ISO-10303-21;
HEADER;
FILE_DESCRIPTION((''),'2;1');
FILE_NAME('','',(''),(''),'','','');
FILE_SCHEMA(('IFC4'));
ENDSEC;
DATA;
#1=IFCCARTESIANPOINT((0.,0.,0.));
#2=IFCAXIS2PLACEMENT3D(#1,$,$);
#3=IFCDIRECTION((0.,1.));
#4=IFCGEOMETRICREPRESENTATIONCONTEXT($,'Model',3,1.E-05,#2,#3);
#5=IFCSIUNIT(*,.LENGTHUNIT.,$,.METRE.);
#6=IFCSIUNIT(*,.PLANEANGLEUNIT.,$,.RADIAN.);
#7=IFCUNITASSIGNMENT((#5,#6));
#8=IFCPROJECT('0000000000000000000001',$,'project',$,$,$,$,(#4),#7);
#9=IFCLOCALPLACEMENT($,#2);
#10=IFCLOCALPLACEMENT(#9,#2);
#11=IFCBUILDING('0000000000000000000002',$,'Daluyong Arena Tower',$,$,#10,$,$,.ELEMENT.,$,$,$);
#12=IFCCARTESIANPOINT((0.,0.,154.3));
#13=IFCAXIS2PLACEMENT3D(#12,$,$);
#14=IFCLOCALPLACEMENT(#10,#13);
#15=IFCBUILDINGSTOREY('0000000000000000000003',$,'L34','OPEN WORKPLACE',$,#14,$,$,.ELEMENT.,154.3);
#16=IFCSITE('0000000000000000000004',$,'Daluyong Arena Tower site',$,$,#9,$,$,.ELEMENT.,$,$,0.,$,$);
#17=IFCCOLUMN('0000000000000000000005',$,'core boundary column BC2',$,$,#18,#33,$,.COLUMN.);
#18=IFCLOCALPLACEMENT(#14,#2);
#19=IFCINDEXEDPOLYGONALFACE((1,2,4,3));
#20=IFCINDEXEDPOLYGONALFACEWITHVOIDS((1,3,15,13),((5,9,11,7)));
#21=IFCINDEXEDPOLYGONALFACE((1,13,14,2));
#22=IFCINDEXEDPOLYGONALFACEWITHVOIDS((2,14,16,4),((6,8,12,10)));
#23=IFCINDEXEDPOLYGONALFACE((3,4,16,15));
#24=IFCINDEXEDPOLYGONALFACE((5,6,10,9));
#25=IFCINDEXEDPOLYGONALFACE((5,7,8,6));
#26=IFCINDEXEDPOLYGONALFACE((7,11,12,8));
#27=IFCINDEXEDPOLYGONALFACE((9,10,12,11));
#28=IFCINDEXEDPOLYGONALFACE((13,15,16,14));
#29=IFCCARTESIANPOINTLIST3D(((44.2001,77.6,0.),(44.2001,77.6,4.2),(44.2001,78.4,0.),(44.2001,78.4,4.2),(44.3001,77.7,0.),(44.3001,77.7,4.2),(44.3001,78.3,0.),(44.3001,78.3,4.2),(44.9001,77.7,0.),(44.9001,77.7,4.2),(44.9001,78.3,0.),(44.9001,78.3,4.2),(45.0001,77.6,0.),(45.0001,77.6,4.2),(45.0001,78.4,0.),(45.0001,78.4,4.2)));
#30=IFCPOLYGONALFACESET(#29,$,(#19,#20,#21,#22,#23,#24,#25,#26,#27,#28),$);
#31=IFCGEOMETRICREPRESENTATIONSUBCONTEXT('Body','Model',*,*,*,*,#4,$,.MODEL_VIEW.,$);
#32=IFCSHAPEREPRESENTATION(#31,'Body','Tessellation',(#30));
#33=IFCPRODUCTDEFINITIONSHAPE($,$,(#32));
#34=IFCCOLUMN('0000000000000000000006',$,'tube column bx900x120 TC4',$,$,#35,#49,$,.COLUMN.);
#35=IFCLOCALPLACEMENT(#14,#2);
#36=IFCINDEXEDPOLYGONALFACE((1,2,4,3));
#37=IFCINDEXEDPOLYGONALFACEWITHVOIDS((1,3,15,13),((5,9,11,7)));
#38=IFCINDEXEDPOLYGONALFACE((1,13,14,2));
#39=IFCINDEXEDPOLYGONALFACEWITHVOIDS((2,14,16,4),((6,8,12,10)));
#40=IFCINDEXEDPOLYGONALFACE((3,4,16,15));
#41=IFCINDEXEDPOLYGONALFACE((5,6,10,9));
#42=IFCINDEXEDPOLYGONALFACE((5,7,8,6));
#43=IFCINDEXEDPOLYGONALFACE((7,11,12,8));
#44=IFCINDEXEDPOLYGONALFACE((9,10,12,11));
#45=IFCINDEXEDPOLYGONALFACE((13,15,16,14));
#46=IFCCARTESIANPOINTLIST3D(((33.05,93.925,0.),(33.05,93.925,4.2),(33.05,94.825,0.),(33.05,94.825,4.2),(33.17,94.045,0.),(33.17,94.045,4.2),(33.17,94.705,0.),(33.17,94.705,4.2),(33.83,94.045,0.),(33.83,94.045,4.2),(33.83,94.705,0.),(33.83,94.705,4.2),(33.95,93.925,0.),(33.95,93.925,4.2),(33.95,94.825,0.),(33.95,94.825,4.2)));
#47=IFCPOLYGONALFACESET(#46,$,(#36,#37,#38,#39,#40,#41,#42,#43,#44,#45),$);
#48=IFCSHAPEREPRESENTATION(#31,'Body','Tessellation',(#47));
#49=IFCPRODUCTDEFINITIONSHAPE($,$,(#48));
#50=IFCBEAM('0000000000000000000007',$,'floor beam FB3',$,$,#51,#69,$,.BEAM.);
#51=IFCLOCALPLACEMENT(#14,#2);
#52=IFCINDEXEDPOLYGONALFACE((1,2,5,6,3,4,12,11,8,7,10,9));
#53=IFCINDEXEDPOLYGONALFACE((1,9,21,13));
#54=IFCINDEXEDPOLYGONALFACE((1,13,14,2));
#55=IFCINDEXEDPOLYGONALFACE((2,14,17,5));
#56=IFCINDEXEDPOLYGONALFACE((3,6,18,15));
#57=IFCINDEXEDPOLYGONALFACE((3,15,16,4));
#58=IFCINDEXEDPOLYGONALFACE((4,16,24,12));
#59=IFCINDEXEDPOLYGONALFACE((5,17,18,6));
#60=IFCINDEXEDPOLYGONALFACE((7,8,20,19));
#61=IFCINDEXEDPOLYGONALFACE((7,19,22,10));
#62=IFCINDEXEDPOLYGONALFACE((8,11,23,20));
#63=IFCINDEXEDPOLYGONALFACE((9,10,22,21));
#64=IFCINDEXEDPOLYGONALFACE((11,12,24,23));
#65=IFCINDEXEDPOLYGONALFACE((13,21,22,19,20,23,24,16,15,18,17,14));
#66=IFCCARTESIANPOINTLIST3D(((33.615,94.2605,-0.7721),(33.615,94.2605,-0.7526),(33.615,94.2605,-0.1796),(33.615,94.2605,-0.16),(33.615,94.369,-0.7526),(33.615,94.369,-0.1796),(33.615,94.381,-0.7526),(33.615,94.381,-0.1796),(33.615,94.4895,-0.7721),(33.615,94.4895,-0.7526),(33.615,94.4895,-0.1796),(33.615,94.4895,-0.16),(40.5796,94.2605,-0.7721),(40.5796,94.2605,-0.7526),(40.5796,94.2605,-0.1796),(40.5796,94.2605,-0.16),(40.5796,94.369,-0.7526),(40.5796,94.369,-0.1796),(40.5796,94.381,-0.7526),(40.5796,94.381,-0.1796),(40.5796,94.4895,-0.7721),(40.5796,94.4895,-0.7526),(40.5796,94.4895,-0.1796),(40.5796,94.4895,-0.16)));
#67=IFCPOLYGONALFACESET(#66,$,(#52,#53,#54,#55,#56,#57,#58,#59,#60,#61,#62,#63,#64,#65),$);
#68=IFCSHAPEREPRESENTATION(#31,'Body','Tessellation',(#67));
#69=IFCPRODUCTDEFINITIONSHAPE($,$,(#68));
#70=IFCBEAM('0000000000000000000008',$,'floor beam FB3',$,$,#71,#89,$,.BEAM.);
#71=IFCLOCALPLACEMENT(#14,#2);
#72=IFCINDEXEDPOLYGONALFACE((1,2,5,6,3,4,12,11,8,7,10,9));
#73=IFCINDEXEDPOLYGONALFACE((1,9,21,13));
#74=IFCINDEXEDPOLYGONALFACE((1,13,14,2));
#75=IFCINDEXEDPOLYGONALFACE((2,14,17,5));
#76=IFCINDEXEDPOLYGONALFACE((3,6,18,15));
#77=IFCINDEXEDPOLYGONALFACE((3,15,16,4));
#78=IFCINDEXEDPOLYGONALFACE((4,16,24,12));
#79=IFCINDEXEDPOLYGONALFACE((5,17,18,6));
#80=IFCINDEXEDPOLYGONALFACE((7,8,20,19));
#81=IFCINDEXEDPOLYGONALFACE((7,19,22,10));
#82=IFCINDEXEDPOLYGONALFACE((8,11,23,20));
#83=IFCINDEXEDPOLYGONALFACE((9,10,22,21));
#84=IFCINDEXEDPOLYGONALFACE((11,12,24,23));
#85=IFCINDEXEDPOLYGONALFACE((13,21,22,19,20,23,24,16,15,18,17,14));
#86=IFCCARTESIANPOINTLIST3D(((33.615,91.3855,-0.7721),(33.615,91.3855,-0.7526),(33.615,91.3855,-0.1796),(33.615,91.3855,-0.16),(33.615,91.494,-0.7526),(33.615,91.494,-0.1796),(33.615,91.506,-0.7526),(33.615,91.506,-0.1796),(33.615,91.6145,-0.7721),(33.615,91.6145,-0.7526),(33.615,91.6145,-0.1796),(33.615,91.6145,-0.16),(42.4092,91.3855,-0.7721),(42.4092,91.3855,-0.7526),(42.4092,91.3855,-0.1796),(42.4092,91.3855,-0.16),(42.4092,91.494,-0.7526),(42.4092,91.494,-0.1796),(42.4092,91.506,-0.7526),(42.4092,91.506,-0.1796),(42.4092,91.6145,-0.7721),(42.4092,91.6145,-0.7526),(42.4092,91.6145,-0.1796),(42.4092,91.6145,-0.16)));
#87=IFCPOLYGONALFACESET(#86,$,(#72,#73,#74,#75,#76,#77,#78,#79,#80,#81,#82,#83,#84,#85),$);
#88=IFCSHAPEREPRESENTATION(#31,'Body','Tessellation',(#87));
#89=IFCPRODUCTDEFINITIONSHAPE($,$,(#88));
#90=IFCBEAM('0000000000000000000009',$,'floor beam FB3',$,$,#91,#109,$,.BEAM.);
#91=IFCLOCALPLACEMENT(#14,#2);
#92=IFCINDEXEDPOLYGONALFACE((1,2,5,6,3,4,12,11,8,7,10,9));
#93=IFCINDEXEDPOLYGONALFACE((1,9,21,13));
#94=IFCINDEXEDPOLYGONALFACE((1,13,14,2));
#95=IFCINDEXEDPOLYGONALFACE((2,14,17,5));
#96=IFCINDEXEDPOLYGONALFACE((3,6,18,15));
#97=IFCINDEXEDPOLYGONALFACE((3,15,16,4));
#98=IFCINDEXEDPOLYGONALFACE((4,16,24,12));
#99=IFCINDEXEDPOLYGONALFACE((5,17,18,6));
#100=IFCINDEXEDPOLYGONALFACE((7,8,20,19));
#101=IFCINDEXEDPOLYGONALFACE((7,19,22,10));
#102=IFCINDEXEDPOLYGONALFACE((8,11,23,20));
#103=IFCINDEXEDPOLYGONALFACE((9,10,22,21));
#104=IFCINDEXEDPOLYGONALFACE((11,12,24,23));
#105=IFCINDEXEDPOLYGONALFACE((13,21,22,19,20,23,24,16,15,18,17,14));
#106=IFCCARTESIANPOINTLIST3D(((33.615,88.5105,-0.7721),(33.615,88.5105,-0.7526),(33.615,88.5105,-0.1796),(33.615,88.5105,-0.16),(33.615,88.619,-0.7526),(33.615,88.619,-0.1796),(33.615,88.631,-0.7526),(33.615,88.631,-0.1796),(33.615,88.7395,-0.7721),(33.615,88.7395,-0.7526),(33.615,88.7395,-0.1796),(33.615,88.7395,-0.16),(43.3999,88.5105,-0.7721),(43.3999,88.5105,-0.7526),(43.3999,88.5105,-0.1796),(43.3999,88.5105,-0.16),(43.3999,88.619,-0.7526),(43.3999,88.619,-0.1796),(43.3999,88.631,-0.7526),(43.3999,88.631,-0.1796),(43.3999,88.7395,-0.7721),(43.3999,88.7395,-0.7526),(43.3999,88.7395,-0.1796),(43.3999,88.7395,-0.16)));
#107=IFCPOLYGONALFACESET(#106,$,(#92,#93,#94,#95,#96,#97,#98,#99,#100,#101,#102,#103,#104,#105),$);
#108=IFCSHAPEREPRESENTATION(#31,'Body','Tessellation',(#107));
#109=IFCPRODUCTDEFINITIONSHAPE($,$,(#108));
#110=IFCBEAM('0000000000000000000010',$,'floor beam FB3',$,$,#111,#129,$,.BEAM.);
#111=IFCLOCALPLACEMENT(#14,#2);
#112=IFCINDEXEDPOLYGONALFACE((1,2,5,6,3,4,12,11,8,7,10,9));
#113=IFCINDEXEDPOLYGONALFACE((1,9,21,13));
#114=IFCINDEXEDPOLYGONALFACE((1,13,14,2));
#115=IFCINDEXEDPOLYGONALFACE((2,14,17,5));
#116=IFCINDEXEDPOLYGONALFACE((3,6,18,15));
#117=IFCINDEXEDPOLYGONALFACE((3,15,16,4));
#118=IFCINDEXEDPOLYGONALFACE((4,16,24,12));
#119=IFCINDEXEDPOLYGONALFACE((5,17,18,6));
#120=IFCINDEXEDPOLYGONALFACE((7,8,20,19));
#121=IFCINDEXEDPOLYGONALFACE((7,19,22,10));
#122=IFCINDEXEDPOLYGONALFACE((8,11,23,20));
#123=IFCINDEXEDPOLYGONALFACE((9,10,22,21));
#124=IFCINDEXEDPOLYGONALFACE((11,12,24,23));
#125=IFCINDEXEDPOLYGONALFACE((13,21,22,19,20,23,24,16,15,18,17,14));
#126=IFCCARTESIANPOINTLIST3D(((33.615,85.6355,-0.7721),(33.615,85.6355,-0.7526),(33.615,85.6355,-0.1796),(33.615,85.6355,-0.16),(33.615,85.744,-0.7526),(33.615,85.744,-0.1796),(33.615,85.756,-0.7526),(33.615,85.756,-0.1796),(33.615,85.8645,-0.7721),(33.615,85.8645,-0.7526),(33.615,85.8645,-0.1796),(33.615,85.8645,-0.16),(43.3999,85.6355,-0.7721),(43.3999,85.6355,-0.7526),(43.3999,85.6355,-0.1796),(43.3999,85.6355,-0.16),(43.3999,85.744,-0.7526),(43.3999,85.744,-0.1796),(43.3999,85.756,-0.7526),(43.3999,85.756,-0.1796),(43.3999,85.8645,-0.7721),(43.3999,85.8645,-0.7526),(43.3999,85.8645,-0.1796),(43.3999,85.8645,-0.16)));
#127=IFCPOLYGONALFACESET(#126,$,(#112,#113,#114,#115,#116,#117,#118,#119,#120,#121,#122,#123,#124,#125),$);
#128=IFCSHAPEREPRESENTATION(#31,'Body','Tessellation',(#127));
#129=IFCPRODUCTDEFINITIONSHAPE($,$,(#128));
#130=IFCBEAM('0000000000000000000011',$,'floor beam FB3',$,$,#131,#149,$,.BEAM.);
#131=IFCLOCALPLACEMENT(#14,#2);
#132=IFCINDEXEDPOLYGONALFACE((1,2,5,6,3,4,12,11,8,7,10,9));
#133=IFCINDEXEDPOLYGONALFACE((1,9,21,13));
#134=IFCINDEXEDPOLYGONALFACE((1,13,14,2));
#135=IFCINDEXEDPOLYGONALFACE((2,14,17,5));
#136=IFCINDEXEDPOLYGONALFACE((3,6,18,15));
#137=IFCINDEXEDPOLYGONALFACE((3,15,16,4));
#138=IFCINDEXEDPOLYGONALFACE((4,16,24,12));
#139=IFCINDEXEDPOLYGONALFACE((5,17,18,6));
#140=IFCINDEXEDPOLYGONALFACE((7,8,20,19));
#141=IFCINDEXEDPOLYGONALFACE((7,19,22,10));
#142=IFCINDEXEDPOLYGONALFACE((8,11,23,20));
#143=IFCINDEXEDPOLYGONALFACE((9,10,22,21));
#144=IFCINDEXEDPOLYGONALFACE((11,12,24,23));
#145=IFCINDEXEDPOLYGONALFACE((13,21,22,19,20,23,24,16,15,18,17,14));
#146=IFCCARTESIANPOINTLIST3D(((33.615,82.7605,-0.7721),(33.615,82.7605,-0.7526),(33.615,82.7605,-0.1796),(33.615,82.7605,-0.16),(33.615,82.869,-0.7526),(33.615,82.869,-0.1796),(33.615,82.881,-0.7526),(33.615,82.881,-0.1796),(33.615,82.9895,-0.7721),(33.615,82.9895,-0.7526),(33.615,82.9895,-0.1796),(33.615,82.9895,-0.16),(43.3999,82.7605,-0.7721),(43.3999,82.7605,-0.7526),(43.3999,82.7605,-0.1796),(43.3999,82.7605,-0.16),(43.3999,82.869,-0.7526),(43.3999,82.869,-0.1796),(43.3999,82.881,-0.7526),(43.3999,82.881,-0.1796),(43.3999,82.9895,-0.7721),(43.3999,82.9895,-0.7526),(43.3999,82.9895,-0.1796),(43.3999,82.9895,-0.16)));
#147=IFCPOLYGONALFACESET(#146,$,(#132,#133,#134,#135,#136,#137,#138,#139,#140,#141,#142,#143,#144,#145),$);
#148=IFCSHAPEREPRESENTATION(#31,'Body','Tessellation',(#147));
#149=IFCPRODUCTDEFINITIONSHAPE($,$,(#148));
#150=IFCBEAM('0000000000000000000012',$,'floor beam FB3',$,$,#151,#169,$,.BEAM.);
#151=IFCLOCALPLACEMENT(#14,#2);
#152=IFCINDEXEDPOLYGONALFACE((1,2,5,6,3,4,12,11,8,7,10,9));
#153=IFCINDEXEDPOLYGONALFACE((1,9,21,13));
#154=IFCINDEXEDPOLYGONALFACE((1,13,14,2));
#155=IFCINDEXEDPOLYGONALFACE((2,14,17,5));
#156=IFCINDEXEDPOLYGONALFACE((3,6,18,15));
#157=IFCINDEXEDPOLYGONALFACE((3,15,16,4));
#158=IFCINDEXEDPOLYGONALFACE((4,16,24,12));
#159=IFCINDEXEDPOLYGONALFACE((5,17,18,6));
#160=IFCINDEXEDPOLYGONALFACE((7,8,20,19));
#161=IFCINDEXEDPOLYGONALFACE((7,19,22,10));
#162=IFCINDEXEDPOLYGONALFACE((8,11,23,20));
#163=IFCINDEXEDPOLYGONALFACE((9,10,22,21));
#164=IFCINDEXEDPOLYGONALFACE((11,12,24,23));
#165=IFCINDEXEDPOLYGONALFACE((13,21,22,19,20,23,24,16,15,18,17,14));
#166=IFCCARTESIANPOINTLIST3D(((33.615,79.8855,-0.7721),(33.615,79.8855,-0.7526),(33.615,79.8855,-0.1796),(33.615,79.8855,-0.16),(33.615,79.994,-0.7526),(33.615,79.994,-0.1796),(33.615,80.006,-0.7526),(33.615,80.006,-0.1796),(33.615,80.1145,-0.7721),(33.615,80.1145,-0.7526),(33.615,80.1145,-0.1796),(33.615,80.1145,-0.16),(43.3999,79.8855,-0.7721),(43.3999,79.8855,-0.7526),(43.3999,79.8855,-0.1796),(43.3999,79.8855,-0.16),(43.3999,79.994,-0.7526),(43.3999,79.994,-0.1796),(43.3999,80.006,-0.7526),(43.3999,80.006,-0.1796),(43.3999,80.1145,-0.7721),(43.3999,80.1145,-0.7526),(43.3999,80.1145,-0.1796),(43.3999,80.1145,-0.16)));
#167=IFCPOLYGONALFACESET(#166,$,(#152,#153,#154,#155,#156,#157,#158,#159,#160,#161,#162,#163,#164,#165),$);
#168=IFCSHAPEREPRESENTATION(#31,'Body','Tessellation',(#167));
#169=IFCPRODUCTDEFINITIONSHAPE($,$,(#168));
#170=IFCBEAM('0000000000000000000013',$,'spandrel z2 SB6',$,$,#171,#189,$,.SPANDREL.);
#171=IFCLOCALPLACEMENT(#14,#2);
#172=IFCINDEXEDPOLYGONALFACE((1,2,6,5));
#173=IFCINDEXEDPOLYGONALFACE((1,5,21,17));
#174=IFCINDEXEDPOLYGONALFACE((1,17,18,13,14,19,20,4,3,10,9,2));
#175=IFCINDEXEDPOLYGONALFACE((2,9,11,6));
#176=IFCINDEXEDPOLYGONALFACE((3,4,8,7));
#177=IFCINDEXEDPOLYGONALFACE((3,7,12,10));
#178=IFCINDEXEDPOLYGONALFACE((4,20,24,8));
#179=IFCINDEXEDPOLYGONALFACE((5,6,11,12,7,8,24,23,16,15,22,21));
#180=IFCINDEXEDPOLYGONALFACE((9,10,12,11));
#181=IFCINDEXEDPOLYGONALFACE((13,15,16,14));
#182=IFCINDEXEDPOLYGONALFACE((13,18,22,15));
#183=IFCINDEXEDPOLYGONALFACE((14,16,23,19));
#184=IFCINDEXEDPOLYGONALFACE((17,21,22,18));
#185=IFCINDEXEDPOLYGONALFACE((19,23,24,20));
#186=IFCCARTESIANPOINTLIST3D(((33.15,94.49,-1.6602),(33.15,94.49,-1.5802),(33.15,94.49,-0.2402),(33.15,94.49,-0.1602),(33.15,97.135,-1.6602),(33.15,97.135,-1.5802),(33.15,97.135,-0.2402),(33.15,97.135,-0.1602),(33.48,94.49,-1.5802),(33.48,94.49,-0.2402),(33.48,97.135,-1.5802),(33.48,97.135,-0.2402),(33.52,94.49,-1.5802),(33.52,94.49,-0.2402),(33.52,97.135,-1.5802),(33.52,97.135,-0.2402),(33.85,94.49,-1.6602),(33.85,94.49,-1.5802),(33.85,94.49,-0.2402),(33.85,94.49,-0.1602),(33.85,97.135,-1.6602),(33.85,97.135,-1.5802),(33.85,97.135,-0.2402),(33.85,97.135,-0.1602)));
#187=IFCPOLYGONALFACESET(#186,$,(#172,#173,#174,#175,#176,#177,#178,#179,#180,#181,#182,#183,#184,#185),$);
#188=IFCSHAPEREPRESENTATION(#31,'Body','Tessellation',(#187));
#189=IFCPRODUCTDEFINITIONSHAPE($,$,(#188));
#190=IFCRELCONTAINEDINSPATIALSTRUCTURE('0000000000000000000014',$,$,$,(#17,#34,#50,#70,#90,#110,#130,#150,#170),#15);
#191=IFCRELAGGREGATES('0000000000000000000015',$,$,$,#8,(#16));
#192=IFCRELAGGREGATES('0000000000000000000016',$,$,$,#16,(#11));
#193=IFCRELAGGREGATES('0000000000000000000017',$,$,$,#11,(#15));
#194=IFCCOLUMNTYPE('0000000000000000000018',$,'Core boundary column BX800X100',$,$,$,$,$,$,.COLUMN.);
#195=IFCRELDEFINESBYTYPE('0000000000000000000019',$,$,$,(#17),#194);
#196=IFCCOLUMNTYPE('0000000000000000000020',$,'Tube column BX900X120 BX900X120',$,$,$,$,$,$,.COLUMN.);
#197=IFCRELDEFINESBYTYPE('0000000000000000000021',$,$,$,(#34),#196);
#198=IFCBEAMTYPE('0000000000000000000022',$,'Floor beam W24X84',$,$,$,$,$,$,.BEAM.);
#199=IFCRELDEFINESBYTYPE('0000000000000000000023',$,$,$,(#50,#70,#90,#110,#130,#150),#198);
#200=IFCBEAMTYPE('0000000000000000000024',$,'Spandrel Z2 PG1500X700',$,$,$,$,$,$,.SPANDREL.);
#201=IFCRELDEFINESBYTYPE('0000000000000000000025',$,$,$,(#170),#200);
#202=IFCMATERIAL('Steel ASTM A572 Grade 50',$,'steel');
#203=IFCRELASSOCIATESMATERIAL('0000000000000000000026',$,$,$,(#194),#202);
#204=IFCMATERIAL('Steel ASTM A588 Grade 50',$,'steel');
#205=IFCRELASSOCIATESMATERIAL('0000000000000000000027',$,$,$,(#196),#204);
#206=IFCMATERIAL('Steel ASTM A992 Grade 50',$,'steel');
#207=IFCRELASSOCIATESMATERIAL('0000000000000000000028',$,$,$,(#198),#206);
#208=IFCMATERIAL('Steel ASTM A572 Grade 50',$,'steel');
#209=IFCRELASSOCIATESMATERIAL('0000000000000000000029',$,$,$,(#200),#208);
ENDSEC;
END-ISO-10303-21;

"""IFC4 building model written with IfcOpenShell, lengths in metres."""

from ifc_helpers import new_model, si_unit, direction, frame, origin, origin_2d, place, context, subcontext, project, spatial, hollow_rectangle, i_section, extrude, material, material_profile, profile_set, type_object, element, save


model = new_model("IFC4")

# Units and contexts
model_context = context("Model", 3, precision=1e-05, world=origin(), true_north=direction((0.0, 1.0)))
body_context = subcontext(model_context, "Body", "Model", "MODEL_VIEW")
ifc_project = project(units=[si_unit("LENGTHUNIT", "METRE"), si_unit("PLANEANGLEUNIT", "RADIAN")], contexts=[model_context])

# Site, building, storey
site_placement = place(None, origin())
site = spatial("IfcSite", under=ifc_project, at=site_placement, Name="Daluyong Arena Tower site", CompositionType="ELEMENT", RefElevation=0.0)
building_placement = place(site_placement, origin())
building = spatial("IfcBuilding", under=site, at=building_placement, Name="Daluyong Arena Tower", CompositionType="ELEMENT")
storey_placement = place(building_placement, frame((0.0, 0.0, 154.3)))
storey = spatial("IfcBuildingStorey", under=building, at=storey_placement, Name="L34", Description="OPEN WORKPLACE", CompositionType="ELEMENT", Elevation=154.3)

# Columns
ifc_material_1 = material(Name="Steel ASTM A572 Grade 50", Category="steel")
ifc_material_profile_1 = material_profile(ifc_material_1, hollow_rectangle(XDim=0.8, YDim=0.8, WallThickness=0.1, at=origin_2d()))
ifc_profile_set_1 = profile_set([ifc_material_profile_1], Name="Steel ASTM A572 Grade 50")
column_type_1 = type_object("IfcColumnType", Name="Core boundary column BX800X100", PredefinedType="COLUMN", material=ifc_profile_set_1)
column_1_placement = place(storey_placement, frame((44.6001, 78.0, 0.0), z_axis=(0.0, 0.0, 1.0), x_axis=(1.0, 0.0, 0.0)))
element("IfcColumn", 1, at=column_1_placement, inside=storey, type_object=column_type_1, Name="core boundary column BC2", PredefinedType="COLUMN", context=body_context, shape_type="SweptSolid", body=[
    extrude(hollow_rectangle(XDim=0.8, YDim=0.8, WallThickness=0.1, at=origin_2d()), origin(), (0.0, 0.0, 1.0), 4.2),
])
ifc_material_2 = material(Name="Steel ASTM A588 Grade 50", Category="steel")
ifc_material_profile_2 = material_profile(ifc_material_2, hollow_rectangle(XDim=0.8999, YDim=0.8999, WallThickness=0.12, at=origin_2d()))
ifc_profile_set_2 = profile_set([ifc_material_profile_2], Name="Steel ASTM A588 Grade 50")
column_type_2 = type_object("IfcColumnType", Name="Tube column BX900X120 BX900X120", PredefinedType="COLUMN", material=ifc_profile_set_2)
column_2_placement = place(storey_placement, frame((33.5, 94.375, 0.0), z_axis=(0.0, 0.0, 1.0), x_axis=(0.0, 1.0, 0.0)))
element("IfcColumn", 2, at=column_2_placement, inside=storey, type_object=column_type_2, Name="tube column bx900x120 TC4", PredefinedType="COLUMN", context=body_context, shape_type="SweptSolid", body=[
    extrude(hollow_rectangle(XDim=0.8999, YDim=0.8999, WallThickness=0.12, at=origin_2d()), origin(), (0.0, 0.0, 1.0), 4.2),
])

# Beams
ifc_material_3 = material(Name="Steel ASTM A992 Grade 50", Category="steel")
ifc_material_profile_3 = material_profile(ifc_material_3, i_section(OverallWidth=0.229, OverallDepth=0.6121, WebThickness=0.012, FlangeThickness=0.0195, at=origin_2d()))
ifc_profile_set_3 = profile_set([ifc_material_profile_3], Name="Steel ASTM A992 Grade 50")
beam_type_1 = type_object("IfcBeamType", Name="Floor beam W24X84", PredefinedType="BEAM", material=ifc_profile_set_3)
beam_1_placement = place(storey_placement, frame((33.615, 94.375, -0.4661), z_axis=(1.0, 0.0, 0.0), x_axis=(0.0, 1.0, 0.0)))
element("IfcBeam", 3, at=beam_1_placement, inside=storey, type_object=beam_type_1, Name="floor beam FB3", PredefinedType="BEAM", context=body_context, shape_type="SweptSolid", body=[
    extrude(i_section(OverallWidth=0.229, OverallDepth=0.6121, WebThickness=0.012, FlangeThickness=0.0195, at=origin_2d()), origin(), (0.0, 0.0, 1.0), 6.9646),
])
beam_2_placement = place(storey_placement, frame((33.615, 91.5, -0.4661), z_axis=(1.0, 0.0, 0.0), x_axis=(0.0, 1.0, 0.0)))
element("IfcBeam", 4, at=beam_2_placement, inside=storey, type_object=beam_type_1, Name="floor beam FB3", PredefinedType="BEAM", context=body_context, shape_type="SweptSolid", body=[
    extrude(i_section(OverallWidth=0.229, OverallDepth=0.6121, WebThickness=0.012, FlangeThickness=0.0195, at=origin_2d()), origin(), (0.0, 0.0, 1.0), 8.7942),
])
for number, where, z_axis, x_axis, name in (
    (5, (33.615, 88.625, -0.4661), (1.0, 0.0, 0.0), (0.0, 1.0, 0.0), "floor beam FB3"),
    (6, (33.615, 85.75, -0.4661), (1.0, 0.0, 0.0), (0.0, 1.0, 0.0), "floor beam FB3"),
    (7, (33.615, 82.875, -0.4661), (1.0, 0.0, 0.0), (0.0, 1.0, 0.0), "floor beam FB3"),
    (8, (33.615, 80.0, -0.4661), (1.0, 0.0, 0.0), (0.0, 1.0, 0.0), "floor beam FB3"),
):
    element("IfcBeam", number, at=place(storey_placement, frame(where, z_axis=z_axis, x_axis=x_axis)), inside=storey, type_object=beam_type_1, Name=name, PredefinedType="BEAM", context=body_context, shape_type="SweptSolid", body=[
        extrude(i_section(OverallWidth=0.229, OverallDepth=0.6121, WebThickness=0.012, FlangeThickness=0.0195, at=origin_2d()), origin(), (0.0, 0.0, 1.0), 9.7849),
    ])
ifc_material_4 = material(Name="Steel ASTM A572 Grade 50", Category="steel")
ifc_material_profile_4 = material_profile(ifc_material_4, i_section(OverallWidth=0.7, OverallDepth=1.5, WebThickness=0.04, FlangeThickness=0.08, at=origin_2d()))
ifc_profile_set_4 = profile_set([ifc_material_profile_4], Name="Steel ASTM A572 Grade 50")
beam_type_2 = type_object("IfcBeamType", Name="Spandrel Z2 PG1500X700", PredefinedType="SPANDREL", material=ifc_profile_set_4)
for number, where, z_axis, x_axis, name in (
    (9, (33.5, 97.135, -0.9102), (0.0, -1.0, 0.0), (1.0, 0.0, 0.0), "spandrel z2 SB6"),
):
    element("IfcBeam", number, at=place(storey_placement, frame(where, z_axis=z_axis, x_axis=x_axis)), inside=storey, type_object=beam_type_2, Name=name, PredefinedType="SPANDREL", context=body_context, shape_type="SweptSolid", body=[
        extrude(i_section(OverallWidth=0.7, OverallDepth=1.5, WebThickness=0.04, FlangeThickness=0.08, at=origin_2d()), origin(), (0.0, 0.0, 1.0), 2.645),
    ])

save(model, "model.ifc")
